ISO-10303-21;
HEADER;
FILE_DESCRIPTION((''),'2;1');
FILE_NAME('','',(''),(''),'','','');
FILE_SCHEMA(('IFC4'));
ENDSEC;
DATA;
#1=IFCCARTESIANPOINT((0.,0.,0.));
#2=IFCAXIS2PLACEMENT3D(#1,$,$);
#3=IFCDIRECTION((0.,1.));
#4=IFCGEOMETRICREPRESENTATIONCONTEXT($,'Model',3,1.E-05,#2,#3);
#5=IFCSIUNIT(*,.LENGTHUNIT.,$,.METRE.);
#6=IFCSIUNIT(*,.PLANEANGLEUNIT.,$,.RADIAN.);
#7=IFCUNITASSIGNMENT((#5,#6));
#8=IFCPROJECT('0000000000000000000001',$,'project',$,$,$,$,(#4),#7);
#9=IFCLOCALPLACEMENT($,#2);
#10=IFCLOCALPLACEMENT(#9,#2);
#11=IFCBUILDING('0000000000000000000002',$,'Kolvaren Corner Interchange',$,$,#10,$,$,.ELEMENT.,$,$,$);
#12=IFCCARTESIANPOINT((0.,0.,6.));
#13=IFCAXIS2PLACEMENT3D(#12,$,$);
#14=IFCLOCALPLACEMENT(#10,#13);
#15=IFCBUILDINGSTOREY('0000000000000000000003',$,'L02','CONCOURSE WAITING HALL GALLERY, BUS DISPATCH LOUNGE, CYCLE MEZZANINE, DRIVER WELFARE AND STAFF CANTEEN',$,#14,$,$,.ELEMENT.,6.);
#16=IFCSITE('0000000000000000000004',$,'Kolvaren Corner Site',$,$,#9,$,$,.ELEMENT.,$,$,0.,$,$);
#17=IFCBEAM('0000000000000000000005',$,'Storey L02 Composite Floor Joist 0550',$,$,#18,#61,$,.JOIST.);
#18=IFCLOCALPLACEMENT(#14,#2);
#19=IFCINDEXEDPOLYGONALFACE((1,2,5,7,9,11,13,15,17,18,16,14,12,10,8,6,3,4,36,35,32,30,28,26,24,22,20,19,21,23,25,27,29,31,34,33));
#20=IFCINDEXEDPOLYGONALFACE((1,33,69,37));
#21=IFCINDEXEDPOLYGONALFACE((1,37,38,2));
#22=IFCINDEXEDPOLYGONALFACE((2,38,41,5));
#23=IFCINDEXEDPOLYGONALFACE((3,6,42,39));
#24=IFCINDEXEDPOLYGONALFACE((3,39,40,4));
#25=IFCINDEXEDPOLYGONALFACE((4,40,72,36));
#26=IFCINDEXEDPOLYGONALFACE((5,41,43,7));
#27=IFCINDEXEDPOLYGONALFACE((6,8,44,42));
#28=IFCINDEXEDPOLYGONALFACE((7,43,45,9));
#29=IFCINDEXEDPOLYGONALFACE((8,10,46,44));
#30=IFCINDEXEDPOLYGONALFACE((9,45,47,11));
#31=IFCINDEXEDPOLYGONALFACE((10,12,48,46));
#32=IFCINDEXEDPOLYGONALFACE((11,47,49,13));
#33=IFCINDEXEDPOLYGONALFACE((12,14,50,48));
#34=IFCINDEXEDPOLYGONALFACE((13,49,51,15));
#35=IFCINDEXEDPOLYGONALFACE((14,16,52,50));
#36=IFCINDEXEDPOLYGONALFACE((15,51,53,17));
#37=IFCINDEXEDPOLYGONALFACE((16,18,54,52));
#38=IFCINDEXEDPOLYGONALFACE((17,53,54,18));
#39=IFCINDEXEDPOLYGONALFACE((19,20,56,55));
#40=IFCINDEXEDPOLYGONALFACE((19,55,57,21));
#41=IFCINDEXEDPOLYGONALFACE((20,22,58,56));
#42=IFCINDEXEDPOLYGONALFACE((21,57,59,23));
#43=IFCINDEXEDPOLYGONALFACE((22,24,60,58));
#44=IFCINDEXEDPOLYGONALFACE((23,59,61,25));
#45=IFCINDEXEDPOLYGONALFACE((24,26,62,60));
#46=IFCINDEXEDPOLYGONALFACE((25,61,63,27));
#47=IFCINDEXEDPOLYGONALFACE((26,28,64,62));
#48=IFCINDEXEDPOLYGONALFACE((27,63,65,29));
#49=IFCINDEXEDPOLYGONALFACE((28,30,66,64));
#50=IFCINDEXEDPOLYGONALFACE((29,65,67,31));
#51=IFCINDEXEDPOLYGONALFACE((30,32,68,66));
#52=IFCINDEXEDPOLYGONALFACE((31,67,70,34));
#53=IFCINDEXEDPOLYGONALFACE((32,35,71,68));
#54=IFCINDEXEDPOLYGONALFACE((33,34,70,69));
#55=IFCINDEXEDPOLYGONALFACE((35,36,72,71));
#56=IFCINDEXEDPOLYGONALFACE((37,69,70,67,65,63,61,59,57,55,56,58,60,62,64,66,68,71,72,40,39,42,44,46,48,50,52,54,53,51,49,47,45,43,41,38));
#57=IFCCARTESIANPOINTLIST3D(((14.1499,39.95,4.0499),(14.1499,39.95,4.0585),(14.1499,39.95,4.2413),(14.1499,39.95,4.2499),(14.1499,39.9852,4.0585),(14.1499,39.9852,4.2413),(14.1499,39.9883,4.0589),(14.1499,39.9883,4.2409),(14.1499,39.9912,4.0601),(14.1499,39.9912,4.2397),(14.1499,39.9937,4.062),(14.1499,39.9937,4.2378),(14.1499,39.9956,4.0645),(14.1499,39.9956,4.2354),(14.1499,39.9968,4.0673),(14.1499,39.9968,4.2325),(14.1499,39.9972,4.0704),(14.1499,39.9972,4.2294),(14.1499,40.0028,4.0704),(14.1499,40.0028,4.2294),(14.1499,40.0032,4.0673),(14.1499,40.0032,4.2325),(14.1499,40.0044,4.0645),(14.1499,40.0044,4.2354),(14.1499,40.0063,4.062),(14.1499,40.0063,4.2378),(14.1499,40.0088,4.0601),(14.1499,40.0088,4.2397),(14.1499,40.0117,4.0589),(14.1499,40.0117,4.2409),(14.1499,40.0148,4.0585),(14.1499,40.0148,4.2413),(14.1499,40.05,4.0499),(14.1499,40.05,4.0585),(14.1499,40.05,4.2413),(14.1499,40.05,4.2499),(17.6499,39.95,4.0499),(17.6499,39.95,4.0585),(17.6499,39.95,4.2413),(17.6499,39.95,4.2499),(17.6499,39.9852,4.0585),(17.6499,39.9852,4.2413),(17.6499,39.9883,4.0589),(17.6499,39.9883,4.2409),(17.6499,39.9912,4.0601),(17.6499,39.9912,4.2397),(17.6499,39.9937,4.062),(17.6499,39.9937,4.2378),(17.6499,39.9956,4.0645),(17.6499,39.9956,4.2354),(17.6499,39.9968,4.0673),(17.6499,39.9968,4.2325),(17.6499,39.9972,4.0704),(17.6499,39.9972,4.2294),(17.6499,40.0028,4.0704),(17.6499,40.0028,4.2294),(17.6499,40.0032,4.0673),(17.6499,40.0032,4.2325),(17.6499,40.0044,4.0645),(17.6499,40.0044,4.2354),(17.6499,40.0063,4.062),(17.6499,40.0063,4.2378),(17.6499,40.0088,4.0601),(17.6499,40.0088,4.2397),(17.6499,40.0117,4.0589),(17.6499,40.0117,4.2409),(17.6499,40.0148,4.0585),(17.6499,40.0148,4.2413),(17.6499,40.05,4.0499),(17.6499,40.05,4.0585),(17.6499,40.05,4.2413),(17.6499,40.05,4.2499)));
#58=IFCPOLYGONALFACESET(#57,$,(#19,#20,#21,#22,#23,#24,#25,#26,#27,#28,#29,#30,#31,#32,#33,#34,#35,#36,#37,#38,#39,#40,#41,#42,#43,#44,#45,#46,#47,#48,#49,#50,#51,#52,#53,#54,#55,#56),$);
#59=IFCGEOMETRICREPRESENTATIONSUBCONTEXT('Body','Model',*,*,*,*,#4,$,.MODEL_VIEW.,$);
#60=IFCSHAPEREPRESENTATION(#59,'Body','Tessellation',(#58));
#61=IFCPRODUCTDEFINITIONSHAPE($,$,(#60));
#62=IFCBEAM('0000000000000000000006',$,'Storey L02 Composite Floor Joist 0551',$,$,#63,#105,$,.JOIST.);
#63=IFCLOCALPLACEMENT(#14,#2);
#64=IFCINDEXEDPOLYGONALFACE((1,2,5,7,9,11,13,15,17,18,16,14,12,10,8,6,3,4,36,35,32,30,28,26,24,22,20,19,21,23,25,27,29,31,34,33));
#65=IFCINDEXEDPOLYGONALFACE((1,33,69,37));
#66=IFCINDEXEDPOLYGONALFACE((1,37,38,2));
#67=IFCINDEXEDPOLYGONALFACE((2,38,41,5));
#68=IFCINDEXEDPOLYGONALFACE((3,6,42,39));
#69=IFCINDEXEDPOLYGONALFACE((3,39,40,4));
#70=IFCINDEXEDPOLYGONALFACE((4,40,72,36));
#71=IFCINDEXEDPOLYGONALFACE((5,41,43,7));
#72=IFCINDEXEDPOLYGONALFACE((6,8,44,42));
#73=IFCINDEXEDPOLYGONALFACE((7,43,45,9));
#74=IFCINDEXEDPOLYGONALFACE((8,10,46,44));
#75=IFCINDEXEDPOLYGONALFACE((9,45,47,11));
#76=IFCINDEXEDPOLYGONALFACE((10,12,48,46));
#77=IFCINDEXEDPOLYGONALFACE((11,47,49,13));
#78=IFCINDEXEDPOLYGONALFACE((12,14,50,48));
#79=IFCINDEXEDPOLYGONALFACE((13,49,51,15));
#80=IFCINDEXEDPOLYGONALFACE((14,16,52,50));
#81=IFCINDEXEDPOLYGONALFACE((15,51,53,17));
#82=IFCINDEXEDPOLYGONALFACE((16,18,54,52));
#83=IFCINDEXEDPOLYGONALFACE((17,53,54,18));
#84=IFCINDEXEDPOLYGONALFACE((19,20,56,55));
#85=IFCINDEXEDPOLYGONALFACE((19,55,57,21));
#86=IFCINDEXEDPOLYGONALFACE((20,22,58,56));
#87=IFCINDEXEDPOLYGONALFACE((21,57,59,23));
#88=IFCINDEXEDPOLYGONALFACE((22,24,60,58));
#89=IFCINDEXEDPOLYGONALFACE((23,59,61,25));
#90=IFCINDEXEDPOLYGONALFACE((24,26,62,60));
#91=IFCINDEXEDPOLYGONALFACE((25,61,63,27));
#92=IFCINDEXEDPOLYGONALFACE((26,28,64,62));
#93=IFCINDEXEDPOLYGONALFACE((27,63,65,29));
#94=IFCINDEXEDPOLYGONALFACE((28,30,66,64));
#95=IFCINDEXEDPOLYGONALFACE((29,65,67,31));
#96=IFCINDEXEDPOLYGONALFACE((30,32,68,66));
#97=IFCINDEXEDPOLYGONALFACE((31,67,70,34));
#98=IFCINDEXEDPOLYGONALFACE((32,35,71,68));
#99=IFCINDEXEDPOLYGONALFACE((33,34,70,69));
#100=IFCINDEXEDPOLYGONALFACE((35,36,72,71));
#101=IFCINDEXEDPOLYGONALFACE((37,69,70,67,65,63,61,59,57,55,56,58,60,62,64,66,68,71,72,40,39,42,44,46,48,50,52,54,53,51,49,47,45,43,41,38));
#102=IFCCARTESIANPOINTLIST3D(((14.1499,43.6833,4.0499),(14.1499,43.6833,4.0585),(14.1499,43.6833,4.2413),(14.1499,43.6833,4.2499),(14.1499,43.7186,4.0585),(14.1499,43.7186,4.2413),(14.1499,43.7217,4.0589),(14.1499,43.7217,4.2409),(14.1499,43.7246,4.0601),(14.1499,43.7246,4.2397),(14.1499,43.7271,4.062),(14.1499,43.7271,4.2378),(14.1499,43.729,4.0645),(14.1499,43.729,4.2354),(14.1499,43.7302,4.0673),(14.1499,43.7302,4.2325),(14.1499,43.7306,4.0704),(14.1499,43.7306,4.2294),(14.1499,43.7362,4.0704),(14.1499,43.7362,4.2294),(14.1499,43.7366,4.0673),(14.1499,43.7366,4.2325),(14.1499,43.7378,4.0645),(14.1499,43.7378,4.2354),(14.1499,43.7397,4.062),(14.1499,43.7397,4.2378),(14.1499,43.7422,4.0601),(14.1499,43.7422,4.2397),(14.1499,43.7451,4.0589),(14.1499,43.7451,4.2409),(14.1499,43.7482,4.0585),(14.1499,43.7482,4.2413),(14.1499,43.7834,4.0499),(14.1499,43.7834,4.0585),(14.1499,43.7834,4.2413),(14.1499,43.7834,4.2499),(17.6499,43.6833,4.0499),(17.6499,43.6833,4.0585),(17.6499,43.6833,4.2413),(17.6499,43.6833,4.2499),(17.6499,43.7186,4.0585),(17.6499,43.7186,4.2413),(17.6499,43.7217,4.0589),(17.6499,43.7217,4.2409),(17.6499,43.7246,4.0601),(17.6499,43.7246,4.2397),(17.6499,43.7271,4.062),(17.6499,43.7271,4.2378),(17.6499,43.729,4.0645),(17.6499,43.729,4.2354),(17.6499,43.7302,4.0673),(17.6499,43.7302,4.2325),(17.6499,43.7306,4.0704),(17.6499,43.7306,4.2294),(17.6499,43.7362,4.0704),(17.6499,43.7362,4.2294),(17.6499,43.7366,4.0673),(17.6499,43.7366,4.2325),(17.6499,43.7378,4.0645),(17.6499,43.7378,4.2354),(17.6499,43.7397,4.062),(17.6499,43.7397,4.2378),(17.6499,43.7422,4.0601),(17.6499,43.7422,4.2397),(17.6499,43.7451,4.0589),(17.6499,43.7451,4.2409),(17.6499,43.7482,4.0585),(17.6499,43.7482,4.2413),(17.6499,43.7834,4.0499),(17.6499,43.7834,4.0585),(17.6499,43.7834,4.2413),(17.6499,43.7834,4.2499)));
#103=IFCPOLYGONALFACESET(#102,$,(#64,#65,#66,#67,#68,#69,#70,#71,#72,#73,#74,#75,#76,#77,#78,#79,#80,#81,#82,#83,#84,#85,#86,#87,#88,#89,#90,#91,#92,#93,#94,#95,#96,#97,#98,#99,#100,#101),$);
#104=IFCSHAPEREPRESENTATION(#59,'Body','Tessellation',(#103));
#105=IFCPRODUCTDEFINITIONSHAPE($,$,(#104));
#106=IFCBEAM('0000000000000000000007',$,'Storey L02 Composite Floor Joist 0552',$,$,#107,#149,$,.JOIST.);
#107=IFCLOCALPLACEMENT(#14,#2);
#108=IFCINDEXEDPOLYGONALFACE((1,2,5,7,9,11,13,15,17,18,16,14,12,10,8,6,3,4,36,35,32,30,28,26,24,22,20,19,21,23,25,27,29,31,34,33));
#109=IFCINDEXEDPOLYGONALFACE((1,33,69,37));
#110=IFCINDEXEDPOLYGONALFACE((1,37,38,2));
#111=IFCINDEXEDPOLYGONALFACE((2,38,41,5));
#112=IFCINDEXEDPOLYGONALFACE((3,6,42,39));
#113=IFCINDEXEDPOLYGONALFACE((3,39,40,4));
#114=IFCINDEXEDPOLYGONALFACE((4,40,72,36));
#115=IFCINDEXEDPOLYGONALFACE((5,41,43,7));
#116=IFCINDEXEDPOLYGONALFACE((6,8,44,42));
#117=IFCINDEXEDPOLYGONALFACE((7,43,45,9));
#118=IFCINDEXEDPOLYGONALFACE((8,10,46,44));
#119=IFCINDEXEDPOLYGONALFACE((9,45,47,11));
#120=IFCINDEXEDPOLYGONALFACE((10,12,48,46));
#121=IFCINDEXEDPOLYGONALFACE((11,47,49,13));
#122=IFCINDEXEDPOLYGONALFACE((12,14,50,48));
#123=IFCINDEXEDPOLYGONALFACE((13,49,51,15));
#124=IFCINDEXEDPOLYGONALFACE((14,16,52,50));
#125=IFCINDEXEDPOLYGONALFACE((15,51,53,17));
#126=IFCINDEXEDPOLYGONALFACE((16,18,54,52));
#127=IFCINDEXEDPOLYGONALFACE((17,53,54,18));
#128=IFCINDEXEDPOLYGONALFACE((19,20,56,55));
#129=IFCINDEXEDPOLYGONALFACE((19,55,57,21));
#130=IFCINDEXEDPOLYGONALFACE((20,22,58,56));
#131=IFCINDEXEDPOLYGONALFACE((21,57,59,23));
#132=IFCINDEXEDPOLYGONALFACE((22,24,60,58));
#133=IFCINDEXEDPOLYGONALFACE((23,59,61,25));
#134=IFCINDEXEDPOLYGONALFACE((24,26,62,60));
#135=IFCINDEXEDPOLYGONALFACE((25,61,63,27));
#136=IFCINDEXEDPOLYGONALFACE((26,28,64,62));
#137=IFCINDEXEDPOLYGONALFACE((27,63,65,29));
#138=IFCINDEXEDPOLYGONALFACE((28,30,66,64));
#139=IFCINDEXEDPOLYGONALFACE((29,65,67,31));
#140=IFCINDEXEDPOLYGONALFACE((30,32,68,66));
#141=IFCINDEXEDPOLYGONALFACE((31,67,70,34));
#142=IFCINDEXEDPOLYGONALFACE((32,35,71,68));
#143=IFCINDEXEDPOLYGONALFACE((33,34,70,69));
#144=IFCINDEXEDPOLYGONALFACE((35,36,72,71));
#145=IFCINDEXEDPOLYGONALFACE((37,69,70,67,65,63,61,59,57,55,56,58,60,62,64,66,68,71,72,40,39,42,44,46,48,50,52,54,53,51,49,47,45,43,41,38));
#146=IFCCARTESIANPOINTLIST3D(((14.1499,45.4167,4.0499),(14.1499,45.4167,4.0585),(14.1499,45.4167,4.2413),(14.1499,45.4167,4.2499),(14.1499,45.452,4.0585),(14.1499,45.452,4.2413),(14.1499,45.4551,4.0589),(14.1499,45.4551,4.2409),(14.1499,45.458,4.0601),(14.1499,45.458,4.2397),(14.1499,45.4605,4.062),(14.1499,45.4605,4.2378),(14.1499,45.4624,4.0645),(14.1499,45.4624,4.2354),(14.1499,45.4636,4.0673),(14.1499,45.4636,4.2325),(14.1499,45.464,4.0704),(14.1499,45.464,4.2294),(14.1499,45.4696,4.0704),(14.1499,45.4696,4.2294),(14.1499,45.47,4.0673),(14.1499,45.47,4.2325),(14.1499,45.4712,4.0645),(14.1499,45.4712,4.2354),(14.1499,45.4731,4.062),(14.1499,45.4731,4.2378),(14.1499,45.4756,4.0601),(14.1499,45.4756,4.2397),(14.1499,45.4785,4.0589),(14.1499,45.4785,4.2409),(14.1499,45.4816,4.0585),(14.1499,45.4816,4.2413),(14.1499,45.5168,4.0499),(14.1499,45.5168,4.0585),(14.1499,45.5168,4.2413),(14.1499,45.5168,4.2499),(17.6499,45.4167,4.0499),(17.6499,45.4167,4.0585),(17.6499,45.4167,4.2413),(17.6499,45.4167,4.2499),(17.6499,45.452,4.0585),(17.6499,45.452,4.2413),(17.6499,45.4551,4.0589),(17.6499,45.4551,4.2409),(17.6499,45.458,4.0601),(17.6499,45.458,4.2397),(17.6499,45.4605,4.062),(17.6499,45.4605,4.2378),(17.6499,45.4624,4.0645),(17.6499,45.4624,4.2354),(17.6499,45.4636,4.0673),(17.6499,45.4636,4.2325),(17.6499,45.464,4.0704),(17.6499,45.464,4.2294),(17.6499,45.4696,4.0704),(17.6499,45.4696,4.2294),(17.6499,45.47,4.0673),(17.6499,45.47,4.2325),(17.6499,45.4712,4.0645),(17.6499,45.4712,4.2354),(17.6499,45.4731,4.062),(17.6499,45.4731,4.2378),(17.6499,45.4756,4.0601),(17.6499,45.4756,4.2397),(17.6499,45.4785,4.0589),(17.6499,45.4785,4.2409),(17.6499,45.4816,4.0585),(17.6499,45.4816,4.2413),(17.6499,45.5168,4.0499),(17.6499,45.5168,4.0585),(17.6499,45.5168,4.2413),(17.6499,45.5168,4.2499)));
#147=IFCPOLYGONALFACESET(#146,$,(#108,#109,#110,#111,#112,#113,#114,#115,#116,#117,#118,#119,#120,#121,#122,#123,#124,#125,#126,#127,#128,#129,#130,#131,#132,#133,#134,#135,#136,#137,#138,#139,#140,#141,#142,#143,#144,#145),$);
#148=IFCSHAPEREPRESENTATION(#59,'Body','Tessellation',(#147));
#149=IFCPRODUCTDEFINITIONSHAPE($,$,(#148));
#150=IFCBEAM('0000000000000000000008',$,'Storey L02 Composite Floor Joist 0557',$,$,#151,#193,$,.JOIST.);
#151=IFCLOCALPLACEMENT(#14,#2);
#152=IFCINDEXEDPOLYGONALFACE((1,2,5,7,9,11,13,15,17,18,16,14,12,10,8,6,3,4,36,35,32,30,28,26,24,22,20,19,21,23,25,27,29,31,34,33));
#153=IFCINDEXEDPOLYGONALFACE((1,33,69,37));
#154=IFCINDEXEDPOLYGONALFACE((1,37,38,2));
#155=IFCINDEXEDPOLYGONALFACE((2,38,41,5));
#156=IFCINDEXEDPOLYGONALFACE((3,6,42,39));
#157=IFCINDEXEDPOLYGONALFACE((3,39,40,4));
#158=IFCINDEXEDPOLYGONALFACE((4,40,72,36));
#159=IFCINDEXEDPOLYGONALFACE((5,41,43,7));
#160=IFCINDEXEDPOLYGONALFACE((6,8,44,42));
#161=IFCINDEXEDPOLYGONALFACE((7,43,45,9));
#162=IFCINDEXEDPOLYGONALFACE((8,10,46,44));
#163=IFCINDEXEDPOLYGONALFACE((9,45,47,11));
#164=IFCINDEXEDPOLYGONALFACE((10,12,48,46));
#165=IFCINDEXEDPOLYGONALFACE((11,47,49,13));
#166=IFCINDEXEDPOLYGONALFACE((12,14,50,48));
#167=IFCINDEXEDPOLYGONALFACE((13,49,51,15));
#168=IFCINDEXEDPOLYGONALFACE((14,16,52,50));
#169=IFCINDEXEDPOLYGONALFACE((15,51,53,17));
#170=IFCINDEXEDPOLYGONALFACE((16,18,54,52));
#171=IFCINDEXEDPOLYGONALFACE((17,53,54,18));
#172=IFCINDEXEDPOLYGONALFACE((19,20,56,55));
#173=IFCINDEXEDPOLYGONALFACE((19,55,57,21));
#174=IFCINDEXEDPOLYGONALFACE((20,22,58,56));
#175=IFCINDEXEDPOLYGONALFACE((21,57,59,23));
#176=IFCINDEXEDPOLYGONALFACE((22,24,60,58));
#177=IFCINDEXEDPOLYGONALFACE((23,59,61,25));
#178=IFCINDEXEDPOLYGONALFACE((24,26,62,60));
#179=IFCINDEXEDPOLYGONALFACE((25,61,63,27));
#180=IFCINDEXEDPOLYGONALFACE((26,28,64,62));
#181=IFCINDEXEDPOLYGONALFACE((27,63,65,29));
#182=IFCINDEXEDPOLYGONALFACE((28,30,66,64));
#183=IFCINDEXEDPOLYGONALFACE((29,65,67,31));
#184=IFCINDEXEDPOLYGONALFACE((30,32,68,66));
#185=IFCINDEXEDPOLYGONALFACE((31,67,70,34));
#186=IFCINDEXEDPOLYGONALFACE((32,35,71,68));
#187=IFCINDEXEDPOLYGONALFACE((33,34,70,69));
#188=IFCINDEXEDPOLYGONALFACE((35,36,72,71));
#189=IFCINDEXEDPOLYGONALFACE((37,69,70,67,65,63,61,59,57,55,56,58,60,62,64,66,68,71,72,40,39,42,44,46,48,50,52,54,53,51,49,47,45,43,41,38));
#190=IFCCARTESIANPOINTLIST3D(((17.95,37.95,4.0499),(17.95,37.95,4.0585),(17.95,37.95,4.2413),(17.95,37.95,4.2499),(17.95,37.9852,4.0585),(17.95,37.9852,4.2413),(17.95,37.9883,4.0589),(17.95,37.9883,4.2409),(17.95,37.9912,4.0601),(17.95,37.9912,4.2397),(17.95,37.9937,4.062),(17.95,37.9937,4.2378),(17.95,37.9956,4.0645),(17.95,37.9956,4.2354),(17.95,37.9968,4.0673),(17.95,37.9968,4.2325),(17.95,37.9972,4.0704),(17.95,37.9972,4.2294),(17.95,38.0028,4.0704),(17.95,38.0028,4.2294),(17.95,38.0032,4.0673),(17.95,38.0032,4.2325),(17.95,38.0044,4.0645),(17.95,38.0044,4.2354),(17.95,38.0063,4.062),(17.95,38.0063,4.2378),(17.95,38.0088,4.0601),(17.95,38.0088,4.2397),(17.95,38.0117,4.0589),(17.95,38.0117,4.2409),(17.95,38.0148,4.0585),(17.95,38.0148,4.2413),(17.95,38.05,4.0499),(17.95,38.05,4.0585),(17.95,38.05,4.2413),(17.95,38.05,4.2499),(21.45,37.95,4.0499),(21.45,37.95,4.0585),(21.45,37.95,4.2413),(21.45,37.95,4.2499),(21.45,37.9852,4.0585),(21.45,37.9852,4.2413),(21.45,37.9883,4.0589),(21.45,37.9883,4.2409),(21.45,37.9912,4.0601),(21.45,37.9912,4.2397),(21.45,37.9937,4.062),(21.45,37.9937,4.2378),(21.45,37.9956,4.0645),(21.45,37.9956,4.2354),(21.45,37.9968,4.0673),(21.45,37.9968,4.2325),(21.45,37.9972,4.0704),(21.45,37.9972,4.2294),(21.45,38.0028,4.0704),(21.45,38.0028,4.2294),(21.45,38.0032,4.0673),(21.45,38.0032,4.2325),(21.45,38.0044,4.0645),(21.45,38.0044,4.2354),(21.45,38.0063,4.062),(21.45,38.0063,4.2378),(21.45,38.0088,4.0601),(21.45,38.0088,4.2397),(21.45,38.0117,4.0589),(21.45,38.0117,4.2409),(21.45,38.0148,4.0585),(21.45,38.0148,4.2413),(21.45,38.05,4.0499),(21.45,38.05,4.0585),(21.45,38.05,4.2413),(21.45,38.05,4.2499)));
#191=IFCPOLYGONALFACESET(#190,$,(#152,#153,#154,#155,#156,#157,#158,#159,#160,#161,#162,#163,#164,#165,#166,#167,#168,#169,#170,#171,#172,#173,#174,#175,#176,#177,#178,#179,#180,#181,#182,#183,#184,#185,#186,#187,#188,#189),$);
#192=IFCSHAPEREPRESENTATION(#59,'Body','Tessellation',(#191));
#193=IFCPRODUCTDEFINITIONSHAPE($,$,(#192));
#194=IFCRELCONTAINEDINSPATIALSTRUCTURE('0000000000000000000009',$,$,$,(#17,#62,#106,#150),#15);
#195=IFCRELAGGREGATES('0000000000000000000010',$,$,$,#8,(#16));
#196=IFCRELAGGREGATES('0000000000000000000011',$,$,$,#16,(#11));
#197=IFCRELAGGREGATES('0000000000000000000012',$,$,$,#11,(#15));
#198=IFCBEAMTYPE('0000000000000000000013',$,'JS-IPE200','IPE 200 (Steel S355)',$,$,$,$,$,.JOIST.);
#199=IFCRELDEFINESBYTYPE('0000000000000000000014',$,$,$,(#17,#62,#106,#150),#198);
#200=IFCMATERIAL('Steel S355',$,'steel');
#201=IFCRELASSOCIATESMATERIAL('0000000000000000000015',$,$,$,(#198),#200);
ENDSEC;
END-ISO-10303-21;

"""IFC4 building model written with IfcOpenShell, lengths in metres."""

from ifc_helpers import new_model, si_unit, direction, frame, origin, origin_2d, place, context, subcontext, project, spatial, i_section, extrude, material, material_profile, profile_set, type_object, element, save


model = new_model("IFC4")

# Units and contexts
model_context = context("Model", 3, precision=1e-05, world=origin(), true_north=direction((0.0, 1.0)))
body_context = subcontext(model_context, "Body", "Model", "MODEL_VIEW")
ifc_project = project(units=[si_unit("LENGTHUNIT", "METRE"), si_unit("PLANEANGLEUNIT", "RADIAN")], contexts=[model_context])

# Site, building, storey
site_placement = place(None, origin())
site = spatial("IfcSite", under=ifc_project, at=site_placement, Name="Kolvaren Corner Site", CompositionType="ELEMENT", RefElevation=0.0)
building_placement = place(site_placement, origin())
building = spatial("IfcBuilding", under=site, at=building_placement, Name="Kolvaren Corner Interchange", CompositionType="ELEMENT")
storey_placement = place(building_placement, frame((0.0, 0.0, 6.0)))
storey = spatial("IfcBuildingStorey", under=building, at=storey_placement, Name="L02", Description="CONCOURSE WAITING HALL GALLERY, BUS DISPATCH LOUNGE, CYCLE MEZZANINE, DRIVER WELFARE AND STAFF CANTEEN", CompositionType="ELEMENT", Elevation=6.0)

# Beams
ifc_material_1 = material(Name="Steel S355", Category="steel")
ifc_material_profile_1 = material_profile(ifc_material_1, i_section(OverallWidth=0.1001, OverallDepth=0.2, WebThickness=0.0056, FlangeThickness=0.0085, FilletRadius=0.012, at=origin_2d()), Name="IPE 200")
ifc_profile_set_1 = profile_set([ifc_material_profile_1], Name="Steel S355")
beam_type_1 = type_object("IfcBeamType", Name="JS-IPE200", Description="IPE 200 (Steel S355)", PredefinedType="JOIST", material=ifc_profile_set_1)
for number, where, z_axis, x_axis, name in (
    (1, (14.1499, 40.0, 4.1499), (1.0, 0.0, 0.0), (0.0, 1.0, 0.0), "Storey L02 Composite Floor Joist 0550"),
    (2, (14.1499, 43.7334, 4.1499), (1.0, 0.0, 0.0), (0.0, 1.0, 0.0), "Storey L02 Composite Floor Joist 0551"),
    (3, (14.1499, 45.4668, 4.1499), (1.0, 0.0, 0.0), (0.0, 1.0, 0.0), "Storey L02 Composite Floor Joist 0552"),
    (4, (17.95, 38.0, 4.1499), (1.0, 0.0, 0.0), (0.0, 1.0, 0.0), "Storey L02 Composite Floor Joist 0557"),
):
    element("IfcBeam", number, at=place(storey_placement, frame(where, z_axis=z_axis, x_axis=x_axis)), inside=storey, type_object=beam_type_1, Name=name, PredefinedType="JOIST", context=body_context, shape_type="SweptSolid", body=[
        extrude(i_section(OverallWidth=0.1001, OverallDepth=0.2, WebThickness=0.0056, FlangeThickness=0.0085, FilletRadius=0.012, at=origin_2d()), origin(), (0.0, 0.0, 1.0), 3.5),
    ])

save(model, "model.ifc")
